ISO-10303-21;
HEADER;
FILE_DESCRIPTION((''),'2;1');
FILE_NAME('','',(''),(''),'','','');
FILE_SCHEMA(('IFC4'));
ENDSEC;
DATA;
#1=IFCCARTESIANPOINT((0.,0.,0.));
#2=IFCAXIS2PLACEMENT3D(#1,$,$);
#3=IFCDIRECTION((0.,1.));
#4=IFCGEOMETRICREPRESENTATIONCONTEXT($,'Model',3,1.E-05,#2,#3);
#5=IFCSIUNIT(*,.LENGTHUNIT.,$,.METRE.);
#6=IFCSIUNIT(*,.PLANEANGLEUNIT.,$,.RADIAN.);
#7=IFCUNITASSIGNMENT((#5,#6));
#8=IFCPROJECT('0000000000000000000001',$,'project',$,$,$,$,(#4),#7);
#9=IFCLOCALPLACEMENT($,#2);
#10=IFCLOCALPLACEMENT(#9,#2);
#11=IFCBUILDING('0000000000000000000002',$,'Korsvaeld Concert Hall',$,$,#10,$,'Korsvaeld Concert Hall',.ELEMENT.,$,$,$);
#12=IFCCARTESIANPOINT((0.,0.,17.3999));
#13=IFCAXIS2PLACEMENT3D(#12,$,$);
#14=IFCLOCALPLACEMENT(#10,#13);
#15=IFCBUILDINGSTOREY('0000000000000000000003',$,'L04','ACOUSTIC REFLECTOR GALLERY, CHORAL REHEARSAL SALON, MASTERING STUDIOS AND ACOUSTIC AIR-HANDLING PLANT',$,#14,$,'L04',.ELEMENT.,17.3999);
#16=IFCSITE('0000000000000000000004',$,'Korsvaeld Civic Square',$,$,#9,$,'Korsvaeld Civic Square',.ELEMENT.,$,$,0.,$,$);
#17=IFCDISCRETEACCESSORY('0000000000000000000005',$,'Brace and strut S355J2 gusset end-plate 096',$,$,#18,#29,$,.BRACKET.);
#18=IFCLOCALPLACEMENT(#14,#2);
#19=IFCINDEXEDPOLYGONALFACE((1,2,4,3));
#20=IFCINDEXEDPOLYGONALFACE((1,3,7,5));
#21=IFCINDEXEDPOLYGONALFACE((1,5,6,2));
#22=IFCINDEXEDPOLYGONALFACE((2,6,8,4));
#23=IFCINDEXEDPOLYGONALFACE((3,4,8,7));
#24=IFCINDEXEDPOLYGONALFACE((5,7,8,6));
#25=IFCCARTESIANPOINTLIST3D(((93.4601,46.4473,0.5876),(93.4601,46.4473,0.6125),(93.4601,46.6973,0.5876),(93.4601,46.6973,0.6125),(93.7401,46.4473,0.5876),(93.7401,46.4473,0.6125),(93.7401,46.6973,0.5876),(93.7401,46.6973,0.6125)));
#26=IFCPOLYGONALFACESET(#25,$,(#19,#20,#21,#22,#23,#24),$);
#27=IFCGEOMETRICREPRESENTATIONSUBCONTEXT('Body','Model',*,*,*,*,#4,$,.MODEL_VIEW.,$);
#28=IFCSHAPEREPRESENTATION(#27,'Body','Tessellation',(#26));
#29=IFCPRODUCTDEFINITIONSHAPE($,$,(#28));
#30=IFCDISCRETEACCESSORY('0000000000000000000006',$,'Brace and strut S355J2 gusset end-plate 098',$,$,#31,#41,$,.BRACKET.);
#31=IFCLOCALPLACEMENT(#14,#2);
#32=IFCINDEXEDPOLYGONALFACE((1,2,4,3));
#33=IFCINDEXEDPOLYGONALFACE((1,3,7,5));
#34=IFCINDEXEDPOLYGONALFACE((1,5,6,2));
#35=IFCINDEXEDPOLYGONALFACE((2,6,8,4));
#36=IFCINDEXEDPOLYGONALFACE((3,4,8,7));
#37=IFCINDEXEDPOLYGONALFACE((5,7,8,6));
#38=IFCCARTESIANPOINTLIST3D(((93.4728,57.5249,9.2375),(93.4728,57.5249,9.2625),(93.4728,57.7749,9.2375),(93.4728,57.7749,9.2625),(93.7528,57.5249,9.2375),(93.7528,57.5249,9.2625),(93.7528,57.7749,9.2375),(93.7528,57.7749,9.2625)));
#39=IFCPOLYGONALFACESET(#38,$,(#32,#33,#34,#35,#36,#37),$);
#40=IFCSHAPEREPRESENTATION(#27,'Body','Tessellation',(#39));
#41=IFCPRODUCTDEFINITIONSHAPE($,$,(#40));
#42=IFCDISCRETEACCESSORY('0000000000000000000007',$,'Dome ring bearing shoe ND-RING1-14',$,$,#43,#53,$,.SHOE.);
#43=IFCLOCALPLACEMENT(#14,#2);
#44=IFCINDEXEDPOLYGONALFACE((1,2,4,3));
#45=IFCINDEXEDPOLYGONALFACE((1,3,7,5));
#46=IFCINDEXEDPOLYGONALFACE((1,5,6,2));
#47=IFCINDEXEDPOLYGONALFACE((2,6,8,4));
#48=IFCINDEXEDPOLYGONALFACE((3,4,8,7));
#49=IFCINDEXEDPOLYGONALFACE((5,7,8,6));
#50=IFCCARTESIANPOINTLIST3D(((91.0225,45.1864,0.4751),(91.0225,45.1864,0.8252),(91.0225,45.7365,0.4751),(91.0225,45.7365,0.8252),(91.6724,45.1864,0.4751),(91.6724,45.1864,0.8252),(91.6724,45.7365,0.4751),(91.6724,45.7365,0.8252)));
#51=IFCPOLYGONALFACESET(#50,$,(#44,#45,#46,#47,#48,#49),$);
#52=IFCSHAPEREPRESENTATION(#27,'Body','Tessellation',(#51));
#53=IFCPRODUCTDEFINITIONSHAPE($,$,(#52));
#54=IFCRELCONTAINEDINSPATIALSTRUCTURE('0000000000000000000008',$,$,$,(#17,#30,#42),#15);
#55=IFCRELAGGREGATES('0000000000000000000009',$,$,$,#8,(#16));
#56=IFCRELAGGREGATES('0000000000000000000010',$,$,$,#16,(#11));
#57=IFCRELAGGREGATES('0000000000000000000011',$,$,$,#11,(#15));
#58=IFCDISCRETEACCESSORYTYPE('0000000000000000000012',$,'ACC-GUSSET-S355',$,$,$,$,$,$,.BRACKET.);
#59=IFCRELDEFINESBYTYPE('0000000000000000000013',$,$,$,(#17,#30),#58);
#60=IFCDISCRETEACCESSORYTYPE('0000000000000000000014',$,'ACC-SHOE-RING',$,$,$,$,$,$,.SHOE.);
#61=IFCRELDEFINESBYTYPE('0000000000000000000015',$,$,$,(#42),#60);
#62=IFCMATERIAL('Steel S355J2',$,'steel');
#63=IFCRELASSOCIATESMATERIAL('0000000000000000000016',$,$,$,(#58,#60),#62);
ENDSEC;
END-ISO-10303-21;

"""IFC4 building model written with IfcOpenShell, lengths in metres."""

from ifc_helpers import new_model, si_unit, direction, frame, origin, origin_2d, place, context, subcontext, project, spatial, rectangle, extrude, material, type_object, element, save


model = new_model("IFC4")

# Units and contexts
model_context = context("Model", 3, precision=1e-05, world=origin(), true_north=direction((0.0, 1.0)))
body_context = subcontext(model_context, "Body", "Model", "MODEL_VIEW")
ifc_project = project(units=[si_unit("LENGTHUNIT", "METRE"), si_unit("PLANEANGLEUNIT", "RADIAN")], contexts=[model_context])

# Site, building, storey
site_placement = place(None, origin())
site = spatial("IfcSite", under=ifc_project, at=site_placement, Name="Korsvaeld Civic Square", LongName="Korsvaeld Civic Square", CompositionType="ELEMENT", RefElevation=0.0)
building_placement = place(site_placement, origin())
building = spatial("IfcBuilding", under=site, at=building_placement, Name="Korsvaeld Concert Hall", LongName="Korsvaeld Concert Hall", CompositionType="ELEMENT")
storey_placement = place(building_placement, frame((0.0, 0.0, 17.3999)))
storey = spatial("IfcBuildingStorey", under=building, at=storey_placement, Name="L04", Description="ACOUSTIC REFLECTOR GALLERY, CHORAL REHEARSAL SALON, MASTERING STUDIOS AND ACOUSTIC AIR-HANDLING PLANT", LongName="L04", CompositionType="ELEMENT", Elevation=17.3999)

# Shared definitions
ifc_material_1 = material(Name="Steel S355J2", Category="steel")

# Discrete accessories
discrete_accessory_type_1 = type_object("IfcDiscreteAccessoryType", Name="ACC-GUSSET-S355", PredefinedType="BRACKET", material=ifc_material_1)
for number, where, z_axis, x_axis, name in (
    (1, (93.6001, 46.5723, 0.5876), (0.0, 0.0, 1.0), (1.0, 0.0, 0.0), "Brace and strut S355J2 gusset end-plate 096"),
    (2, (93.6128, 57.6499, 9.2375), (0.0, 0.0, 1.0), (1.0, 0.0, 0.0), "Brace and strut S355J2 gusset end-plate 098"),
):
    element("IfcDiscreteAccessory", number, at=place(storey_placement, frame(where, z_axis=z_axis, x_axis=x_axis)), inside=storey, type_object=discrete_accessory_type_1, Name=name, PredefinedType="BRACKET", context=body_context, shape_type="SweptSolid", body=[
        extrude(rectangle(XDim=0.28, YDim=0.25, at=origin_2d()), origin(), (0.0, 0.0, 1.0), 0.0249),
    ])
discrete_accessory_type_2 = type_object("IfcDiscreteAccessoryType", Name="ACC-SHOE-RING", PredefinedType="SHOE", material=ifc_material_1)
discrete_accessory_placement = place(storey_placement, frame((91.3474, 45.4614, 0.4751), z_axis=(0.0, 0.0, 1.0), x_axis=(1.0, 0.0, 0.0)))
element("IfcDiscreteAccessory", 3, at=discrete_accessory_placement, inside=storey, type_object=discrete_accessory_type_2, Name="Dome ring bearing shoe ND-RING1-14", PredefinedType="SHOE", context=body_context, shape_type="SweptSolid", body=[
    extrude(rectangle(XDim=0.6499, YDim=0.55, at=origin_2d()), origin(), (0.0, 0.0, 1.0), 0.3501),
])

save(model, "model.ifc")
